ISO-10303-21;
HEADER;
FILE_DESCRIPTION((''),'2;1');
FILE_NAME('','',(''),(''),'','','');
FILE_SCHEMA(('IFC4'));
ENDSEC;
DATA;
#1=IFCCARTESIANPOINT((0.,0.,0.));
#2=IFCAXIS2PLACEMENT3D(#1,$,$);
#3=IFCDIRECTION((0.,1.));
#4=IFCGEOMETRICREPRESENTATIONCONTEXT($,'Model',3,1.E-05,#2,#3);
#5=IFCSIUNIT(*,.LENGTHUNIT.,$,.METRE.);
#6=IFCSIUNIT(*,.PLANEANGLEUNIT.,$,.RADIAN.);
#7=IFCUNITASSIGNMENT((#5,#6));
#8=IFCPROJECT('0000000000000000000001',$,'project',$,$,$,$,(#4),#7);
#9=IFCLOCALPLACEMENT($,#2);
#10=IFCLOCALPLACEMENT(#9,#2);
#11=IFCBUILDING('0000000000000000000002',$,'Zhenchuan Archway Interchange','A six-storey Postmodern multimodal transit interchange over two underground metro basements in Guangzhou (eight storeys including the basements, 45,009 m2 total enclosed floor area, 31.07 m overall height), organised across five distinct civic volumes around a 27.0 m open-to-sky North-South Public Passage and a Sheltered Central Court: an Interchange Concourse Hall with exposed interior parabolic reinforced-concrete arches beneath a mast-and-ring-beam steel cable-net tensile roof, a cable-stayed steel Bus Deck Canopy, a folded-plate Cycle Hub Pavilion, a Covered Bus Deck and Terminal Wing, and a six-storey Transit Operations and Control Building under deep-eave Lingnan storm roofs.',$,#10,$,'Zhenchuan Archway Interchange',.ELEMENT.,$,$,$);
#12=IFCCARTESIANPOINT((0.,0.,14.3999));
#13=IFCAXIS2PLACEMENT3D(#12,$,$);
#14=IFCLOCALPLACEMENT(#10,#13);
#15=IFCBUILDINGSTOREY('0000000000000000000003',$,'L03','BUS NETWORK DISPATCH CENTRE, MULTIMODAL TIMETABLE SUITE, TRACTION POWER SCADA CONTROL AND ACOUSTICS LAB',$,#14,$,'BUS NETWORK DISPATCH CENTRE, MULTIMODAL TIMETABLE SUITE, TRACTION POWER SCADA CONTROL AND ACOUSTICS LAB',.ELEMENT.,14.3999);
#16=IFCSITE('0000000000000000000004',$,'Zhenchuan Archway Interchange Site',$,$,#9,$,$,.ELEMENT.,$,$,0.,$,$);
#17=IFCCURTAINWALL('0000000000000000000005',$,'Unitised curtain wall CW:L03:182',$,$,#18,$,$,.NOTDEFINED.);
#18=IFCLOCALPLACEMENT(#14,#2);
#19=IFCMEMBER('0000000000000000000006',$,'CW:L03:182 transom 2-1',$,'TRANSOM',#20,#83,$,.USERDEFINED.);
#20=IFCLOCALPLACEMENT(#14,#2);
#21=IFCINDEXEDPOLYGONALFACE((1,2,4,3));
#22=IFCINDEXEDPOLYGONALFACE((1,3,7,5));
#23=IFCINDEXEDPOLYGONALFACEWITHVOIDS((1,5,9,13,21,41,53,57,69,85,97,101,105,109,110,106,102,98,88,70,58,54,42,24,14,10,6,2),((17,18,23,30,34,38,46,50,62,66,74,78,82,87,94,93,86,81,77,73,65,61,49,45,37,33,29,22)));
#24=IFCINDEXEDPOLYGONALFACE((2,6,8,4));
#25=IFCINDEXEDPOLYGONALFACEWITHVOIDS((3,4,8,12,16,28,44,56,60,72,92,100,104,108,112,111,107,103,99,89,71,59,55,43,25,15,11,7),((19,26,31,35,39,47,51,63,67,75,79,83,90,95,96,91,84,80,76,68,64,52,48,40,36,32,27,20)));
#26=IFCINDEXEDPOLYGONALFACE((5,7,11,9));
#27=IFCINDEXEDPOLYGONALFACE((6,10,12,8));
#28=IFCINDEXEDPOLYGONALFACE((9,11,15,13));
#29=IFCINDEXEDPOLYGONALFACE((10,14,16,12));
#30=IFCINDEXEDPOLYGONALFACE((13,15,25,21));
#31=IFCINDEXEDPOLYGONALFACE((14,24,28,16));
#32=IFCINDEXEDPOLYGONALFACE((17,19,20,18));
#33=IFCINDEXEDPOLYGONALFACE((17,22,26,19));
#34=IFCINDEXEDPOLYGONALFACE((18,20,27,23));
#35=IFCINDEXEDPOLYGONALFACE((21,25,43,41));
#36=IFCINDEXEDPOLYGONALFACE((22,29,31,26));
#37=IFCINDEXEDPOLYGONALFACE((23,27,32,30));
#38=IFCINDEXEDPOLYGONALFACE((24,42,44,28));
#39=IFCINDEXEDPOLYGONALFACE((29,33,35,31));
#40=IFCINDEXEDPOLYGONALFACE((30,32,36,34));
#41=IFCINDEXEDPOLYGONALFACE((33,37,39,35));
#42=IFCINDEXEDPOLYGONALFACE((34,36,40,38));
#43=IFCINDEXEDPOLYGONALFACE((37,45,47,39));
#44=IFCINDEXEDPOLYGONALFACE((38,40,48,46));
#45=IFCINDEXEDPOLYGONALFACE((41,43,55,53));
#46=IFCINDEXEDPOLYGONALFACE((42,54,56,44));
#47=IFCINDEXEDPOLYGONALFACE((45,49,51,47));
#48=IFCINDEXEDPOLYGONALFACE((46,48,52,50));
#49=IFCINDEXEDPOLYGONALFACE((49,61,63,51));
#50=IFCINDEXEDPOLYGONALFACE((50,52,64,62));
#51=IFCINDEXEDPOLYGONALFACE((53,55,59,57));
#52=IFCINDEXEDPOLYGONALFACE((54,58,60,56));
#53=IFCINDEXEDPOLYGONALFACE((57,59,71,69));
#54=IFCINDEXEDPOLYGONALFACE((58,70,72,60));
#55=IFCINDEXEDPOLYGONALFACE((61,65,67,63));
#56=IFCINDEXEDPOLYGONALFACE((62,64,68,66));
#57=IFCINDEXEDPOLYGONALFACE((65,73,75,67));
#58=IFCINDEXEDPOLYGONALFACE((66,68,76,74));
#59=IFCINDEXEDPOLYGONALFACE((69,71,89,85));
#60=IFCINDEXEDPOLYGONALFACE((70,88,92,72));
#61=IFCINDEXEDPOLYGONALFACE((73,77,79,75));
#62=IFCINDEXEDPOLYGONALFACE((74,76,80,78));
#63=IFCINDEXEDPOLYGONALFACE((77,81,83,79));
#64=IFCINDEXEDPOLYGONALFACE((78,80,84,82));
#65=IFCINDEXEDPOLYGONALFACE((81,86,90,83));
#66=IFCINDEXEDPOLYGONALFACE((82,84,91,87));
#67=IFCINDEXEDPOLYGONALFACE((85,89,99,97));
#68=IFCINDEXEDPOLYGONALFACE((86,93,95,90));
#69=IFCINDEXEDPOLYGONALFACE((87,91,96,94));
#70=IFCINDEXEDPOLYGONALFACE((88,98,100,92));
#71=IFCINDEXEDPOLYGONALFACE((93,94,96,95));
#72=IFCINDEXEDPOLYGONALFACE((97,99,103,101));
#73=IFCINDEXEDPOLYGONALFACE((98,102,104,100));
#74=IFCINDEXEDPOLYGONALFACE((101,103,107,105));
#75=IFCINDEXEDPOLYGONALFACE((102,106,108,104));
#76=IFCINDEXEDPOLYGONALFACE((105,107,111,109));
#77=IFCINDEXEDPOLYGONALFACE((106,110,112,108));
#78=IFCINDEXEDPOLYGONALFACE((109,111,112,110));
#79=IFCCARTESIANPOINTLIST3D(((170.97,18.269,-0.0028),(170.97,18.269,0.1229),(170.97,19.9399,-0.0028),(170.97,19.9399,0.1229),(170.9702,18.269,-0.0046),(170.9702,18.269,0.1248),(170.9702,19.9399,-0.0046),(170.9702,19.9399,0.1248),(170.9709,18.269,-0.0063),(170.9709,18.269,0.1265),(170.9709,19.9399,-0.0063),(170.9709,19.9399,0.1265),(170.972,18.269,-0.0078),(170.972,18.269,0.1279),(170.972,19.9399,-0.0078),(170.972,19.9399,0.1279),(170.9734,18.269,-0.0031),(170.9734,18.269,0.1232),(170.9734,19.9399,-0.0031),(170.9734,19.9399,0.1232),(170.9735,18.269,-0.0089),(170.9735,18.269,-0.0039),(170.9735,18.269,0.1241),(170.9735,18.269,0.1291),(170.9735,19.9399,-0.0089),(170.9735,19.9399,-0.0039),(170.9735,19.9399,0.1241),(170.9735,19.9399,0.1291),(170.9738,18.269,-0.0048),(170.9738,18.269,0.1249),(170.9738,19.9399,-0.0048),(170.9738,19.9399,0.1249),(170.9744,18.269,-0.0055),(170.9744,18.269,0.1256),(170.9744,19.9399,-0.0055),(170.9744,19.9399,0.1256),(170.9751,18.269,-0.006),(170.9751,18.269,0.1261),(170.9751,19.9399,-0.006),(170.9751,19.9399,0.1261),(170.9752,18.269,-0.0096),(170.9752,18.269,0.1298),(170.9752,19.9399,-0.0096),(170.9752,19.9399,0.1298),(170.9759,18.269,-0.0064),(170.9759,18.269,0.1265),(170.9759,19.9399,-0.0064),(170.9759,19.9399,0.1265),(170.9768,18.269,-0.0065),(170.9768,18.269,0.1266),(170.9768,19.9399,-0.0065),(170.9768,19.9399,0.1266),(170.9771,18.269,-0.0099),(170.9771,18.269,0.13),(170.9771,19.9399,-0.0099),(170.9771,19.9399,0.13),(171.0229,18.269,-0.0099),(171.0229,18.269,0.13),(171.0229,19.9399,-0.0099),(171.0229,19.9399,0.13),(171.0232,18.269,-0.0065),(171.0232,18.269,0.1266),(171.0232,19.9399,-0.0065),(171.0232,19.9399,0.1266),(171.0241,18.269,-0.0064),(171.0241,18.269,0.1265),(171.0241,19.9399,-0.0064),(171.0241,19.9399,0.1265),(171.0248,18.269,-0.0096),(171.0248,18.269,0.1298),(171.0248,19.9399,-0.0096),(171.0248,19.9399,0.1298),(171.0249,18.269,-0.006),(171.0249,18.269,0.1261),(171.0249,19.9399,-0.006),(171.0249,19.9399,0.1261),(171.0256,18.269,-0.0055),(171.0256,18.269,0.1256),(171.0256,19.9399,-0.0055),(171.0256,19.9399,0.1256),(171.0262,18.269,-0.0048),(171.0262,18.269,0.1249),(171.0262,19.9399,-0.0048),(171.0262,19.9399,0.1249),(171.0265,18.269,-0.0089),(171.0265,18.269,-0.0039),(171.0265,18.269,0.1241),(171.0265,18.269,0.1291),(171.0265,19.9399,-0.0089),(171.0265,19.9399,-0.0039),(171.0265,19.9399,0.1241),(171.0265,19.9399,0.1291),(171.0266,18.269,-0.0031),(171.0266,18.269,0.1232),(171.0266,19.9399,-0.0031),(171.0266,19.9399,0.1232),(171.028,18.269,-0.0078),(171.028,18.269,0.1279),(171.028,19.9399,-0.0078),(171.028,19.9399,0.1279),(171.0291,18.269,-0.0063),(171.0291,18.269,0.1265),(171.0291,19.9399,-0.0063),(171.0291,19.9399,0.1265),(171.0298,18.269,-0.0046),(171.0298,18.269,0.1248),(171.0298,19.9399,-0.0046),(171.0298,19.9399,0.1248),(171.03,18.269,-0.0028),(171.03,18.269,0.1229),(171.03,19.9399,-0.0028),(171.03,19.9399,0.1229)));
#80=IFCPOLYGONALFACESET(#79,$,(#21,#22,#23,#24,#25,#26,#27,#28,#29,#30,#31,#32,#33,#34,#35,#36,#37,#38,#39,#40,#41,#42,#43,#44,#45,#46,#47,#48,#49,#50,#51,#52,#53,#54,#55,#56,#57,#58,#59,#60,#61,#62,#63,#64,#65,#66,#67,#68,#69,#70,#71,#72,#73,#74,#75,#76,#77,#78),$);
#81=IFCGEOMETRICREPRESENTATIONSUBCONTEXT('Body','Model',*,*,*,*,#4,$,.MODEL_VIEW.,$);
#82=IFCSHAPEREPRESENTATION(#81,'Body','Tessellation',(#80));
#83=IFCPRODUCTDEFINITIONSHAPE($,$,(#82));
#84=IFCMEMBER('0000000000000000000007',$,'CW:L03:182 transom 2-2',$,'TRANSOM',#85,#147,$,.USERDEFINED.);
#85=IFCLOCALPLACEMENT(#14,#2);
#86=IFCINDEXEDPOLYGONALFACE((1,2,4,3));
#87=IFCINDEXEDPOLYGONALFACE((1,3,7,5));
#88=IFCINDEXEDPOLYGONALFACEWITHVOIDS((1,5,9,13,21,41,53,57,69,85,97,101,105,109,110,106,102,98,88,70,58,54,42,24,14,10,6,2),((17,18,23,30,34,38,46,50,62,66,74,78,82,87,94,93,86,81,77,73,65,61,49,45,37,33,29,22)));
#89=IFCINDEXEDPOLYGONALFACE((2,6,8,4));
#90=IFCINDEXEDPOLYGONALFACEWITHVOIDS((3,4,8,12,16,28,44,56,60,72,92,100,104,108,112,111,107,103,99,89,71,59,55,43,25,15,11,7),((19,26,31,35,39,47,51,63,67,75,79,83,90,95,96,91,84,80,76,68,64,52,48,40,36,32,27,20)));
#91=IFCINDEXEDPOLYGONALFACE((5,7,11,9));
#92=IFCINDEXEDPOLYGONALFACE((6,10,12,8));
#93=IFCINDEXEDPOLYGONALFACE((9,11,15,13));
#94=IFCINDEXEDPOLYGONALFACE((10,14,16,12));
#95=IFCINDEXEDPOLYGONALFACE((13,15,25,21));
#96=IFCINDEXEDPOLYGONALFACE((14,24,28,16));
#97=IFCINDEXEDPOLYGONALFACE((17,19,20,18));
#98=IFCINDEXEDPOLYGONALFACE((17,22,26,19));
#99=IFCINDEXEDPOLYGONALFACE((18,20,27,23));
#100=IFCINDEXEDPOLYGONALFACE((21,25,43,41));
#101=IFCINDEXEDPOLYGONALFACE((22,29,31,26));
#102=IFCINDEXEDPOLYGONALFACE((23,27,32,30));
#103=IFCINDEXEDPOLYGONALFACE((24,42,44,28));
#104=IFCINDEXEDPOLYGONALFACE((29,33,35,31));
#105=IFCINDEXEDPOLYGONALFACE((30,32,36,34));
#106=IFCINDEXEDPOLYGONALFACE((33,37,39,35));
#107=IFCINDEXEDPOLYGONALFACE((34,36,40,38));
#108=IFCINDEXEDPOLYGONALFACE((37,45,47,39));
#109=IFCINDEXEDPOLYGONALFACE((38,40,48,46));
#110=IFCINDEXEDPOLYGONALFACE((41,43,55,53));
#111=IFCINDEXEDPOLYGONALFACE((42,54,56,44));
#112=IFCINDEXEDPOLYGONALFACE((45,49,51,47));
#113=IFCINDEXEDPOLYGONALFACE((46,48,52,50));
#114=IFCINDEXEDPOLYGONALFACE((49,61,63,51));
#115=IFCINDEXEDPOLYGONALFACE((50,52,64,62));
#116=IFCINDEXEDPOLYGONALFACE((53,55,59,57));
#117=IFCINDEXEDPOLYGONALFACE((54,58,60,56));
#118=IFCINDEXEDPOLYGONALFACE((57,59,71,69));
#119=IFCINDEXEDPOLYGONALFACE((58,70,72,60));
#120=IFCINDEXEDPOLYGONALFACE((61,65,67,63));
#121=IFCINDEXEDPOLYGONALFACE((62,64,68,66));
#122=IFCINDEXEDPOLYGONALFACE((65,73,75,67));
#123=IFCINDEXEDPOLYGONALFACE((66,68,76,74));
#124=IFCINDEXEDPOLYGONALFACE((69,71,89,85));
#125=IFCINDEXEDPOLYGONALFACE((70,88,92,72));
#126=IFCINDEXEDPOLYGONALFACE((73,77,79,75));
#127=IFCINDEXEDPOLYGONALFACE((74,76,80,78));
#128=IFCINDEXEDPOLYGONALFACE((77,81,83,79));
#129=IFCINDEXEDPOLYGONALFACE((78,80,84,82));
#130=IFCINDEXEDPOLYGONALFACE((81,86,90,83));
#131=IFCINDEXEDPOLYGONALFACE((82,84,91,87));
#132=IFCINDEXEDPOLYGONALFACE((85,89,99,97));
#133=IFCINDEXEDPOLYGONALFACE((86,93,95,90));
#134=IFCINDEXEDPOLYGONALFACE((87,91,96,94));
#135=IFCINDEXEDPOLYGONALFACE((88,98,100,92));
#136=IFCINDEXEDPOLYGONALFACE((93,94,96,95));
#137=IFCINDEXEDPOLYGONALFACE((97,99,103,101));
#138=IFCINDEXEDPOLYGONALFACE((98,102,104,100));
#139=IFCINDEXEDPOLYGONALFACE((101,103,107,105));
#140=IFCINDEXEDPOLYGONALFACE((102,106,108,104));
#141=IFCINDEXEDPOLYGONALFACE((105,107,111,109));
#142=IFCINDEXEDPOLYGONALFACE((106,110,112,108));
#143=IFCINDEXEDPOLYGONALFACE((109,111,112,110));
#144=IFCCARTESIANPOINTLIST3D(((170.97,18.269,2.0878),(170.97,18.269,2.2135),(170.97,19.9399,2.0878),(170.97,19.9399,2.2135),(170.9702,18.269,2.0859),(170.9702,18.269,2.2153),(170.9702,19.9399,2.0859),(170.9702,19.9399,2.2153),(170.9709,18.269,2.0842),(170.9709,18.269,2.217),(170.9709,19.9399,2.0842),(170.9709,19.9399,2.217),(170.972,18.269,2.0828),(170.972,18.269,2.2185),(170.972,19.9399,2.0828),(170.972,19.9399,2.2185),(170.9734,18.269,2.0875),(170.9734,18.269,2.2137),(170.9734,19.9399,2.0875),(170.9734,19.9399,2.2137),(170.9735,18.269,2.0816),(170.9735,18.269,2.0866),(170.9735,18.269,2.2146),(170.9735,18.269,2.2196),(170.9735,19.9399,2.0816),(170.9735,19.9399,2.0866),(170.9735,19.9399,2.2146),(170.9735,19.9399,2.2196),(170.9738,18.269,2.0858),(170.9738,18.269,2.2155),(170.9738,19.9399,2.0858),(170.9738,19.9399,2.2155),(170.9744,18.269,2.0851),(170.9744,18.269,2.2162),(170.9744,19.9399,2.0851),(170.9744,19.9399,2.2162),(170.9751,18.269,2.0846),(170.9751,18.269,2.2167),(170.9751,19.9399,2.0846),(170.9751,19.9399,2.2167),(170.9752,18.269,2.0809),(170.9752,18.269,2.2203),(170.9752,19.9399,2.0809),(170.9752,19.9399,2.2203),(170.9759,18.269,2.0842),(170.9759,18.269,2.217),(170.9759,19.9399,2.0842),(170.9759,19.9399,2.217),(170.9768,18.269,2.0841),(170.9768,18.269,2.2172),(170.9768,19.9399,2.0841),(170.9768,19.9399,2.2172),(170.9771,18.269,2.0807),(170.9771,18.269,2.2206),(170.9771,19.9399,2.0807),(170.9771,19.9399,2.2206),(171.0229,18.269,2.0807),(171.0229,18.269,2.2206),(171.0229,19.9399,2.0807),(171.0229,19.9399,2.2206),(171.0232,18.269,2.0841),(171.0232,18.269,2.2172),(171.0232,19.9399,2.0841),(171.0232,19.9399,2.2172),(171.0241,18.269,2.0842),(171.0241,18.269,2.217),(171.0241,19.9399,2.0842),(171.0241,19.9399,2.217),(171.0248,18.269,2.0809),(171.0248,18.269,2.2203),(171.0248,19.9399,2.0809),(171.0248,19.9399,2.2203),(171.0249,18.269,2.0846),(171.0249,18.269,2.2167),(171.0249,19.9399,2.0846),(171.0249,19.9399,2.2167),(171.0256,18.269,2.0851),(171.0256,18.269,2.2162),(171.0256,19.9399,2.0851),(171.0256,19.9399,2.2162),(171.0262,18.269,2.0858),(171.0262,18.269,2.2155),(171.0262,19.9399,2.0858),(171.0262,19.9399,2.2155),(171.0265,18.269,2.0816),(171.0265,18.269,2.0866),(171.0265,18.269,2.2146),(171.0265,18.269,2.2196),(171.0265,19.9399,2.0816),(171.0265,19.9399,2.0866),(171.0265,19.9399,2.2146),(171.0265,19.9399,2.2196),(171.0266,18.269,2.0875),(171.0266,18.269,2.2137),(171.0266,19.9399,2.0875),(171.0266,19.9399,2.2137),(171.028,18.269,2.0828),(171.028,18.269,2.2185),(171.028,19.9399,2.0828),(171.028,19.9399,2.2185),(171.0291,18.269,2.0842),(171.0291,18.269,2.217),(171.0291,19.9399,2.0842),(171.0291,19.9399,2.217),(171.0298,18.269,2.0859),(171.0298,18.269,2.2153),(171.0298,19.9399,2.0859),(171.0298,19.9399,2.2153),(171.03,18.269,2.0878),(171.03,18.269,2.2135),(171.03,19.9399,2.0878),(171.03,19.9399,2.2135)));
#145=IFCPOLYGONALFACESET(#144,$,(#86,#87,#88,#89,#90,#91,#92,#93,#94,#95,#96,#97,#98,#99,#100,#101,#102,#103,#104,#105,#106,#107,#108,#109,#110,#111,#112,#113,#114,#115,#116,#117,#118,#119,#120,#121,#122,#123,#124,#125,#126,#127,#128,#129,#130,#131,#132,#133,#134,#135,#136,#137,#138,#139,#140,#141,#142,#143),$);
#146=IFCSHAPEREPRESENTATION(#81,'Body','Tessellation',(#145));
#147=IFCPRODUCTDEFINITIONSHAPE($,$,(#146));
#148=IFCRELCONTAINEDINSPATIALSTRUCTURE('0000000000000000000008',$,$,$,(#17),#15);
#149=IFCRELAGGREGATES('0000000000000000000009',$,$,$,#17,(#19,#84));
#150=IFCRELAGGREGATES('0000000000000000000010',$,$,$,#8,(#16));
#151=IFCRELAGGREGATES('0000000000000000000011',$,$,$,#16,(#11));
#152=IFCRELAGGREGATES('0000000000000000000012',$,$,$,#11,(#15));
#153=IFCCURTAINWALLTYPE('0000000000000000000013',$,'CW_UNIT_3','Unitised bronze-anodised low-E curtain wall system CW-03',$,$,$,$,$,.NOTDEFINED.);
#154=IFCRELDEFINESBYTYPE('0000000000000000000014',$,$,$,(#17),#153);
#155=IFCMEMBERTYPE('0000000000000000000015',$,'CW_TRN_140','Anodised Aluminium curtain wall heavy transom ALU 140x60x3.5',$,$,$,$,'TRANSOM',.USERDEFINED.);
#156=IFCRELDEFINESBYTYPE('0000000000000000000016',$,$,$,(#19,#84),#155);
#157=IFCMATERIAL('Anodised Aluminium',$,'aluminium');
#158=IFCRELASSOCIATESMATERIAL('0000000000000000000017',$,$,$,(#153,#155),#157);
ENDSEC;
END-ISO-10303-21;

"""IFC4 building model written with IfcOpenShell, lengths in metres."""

from ifc_helpers import new_model, si_unit, direction, frame, origin, origin_2d, place, context, subcontext, project, spatial, hollow_rectangle, extrude, material, material_profile, profile_set, type_object, element, aggregate, save


model = new_model("IFC4")

# Units and contexts
model_context = context("Model", 3, precision=1e-05, world=origin(), true_north=direction((0.0, 1.0)))
body_context = subcontext(model_context, "Body", "Model", "MODEL_VIEW")
ifc_project = project(units=[si_unit("LENGTHUNIT", "METRE"), si_unit("PLANEANGLEUNIT", "RADIAN")], contexts=[model_context])

# Site, building, storey
site_placement = place(None, origin())
site = spatial("IfcSite", under=ifc_project, at=site_placement, Name="Zhenchuan Archway Interchange Site", CompositionType="ELEMENT", RefElevation=0.0)
building_placement = place(site_placement, origin())
building = spatial("IfcBuilding", under=site, at=building_placement, Name="Zhenchuan Archway Interchange", Description="A six-storey Postmodern multimodal transit interchange over two underground metro basements in Guangzhou (eight storeys including the basements, 45,009 m2 total enclosed floor area, 31.07 m overall height), organised across five distinct civic volumes around a 27.0 m open-to-sky North-South Public Passage and a Sheltered Central Court: an Interchange Concourse Hall with exposed interior parabolic reinforced-concrete arches beneath a mast-and-ring-beam steel cable-net tensile roof, a cable-stayed steel Bus Deck Canopy, a folded-plate Cycle Hub Pavilion, a Covered Bus Deck and Terminal Wing, and a six-storey Transit Operations and Control Building under deep-eave Lingnan storm roofs.", LongName="Zhenchuan Archway Interchange", CompositionType="ELEMENT")
storey_placement = place(building_placement, frame((0.0, 0.0, 14.3999)))
storey = spatial("IfcBuildingStorey", under=building, at=storey_placement, Name="L03", Description="BUS NETWORK DISPATCH CENTRE, MULTIMODAL TIMETABLE SUITE, TRACTION POWER SCADA CONTROL AND ACOUSTICS LAB", LongName="BUS NETWORK DISPATCH CENTRE, MULTIMODAL TIMETABLE SUITE, TRACTION POWER SCADA CONTROL AND ACOUSTICS LAB", CompositionType="ELEMENT", Elevation=14.3999)

# Curtain wall, members
ifc_material_1 = material(Name="Anodised Aluminium", Category="aluminium")
curtain_wall_type = type_object("IfcCurtainWallType", Name="CW_UNIT_3", Description="Unitised bronze-anodised low-E curtain wall system CW-03", PredefinedType="NOTDEFINED", material=ifc_material_1)
curtain_wall_placement = place(storey_placement, origin())
curtain_wall = element("IfcCurtainWall", 1, at=curtain_wall_placement, inside=storey, type_object=curtain_wall_type, Name="Unitised curtain wall CW:L03:182", PredefinedType="NOTDEFINED")
ifc_material_profile_1 = material_profile(ifc_material_1, hollow_rectangle(XDim=0.0601, YDim=0.1399, WallThickness=0.0034, InnerFilletRadius=0.0034, OuterFilletRadius=0.0071, at=origin_2d()), Name="ALU 140x60x3.5")
ifc_profile_set_1 = profile_set([ifc_material_profile_1], Name="Anodised Aluminium")
member_type_1 = type_object("IfcMemberType", Name="CW_TRN_140", Description="Anodised Aluminium curtain wall heavy transom ALU 140x60x3.5", ElementType="TRANSOM", PredefinedType="USERDEFINED", material=ifc_profile_set_1)
member_1_placement = place(storey_placement, frame((171.0, 19.9399, 0.0601), z_axis=(0.0, -1.0, 0.0), x_axis=(1.0, 0.0, 0.0)))
member_1 = element("IfcMember", 2, at=member_1_placement, type_object=member_type_1, Name="CW:L03:182 transom 2-1", ObjectType="TRANSOM", PredefinedType="USERDEFINED", context=body_context, shape_type="SweptSolid", body=[
    extrude(hollow_rectangle(XDim=0.0601, YDim=0.1399, WallThickness=0.0034, InnerFilletRadius=0.0034, OuterFilletRadius=0.0071, at=origin_2d()), origin(), (0.0, 0.0, 1.0), 1.6709),
])
member_2_placement = place(storey_placement, frame((171.0, 19.9399, 2.1506), z_axis=(0.0, -1.0, 0.0), x_axis=(1.0, 0.0, 0.0)))
member_2 = element("IfcMember", 3, at=member_2_placement, type_object=member_type_1, Name="CW:L03:182 transom 2-2", ObjectType="TRANSOM", PredefinedType="USERDEFINED", context=body_context, shape_type="SweptSolid", body=[
    extrude(hollow_rectangle(XDim=0.0601, YDim=0.1399, WallThickness=0.0034, InnerFilletRadius=0.0034, OuterFilletRadius=0.0071, at=origin_2d()), origin(), (0.0, 0.0, 1.0), 1.6709),
])

aggregate(curtain_wall, [member_1, member_2])

save(model, "model.ifc")
